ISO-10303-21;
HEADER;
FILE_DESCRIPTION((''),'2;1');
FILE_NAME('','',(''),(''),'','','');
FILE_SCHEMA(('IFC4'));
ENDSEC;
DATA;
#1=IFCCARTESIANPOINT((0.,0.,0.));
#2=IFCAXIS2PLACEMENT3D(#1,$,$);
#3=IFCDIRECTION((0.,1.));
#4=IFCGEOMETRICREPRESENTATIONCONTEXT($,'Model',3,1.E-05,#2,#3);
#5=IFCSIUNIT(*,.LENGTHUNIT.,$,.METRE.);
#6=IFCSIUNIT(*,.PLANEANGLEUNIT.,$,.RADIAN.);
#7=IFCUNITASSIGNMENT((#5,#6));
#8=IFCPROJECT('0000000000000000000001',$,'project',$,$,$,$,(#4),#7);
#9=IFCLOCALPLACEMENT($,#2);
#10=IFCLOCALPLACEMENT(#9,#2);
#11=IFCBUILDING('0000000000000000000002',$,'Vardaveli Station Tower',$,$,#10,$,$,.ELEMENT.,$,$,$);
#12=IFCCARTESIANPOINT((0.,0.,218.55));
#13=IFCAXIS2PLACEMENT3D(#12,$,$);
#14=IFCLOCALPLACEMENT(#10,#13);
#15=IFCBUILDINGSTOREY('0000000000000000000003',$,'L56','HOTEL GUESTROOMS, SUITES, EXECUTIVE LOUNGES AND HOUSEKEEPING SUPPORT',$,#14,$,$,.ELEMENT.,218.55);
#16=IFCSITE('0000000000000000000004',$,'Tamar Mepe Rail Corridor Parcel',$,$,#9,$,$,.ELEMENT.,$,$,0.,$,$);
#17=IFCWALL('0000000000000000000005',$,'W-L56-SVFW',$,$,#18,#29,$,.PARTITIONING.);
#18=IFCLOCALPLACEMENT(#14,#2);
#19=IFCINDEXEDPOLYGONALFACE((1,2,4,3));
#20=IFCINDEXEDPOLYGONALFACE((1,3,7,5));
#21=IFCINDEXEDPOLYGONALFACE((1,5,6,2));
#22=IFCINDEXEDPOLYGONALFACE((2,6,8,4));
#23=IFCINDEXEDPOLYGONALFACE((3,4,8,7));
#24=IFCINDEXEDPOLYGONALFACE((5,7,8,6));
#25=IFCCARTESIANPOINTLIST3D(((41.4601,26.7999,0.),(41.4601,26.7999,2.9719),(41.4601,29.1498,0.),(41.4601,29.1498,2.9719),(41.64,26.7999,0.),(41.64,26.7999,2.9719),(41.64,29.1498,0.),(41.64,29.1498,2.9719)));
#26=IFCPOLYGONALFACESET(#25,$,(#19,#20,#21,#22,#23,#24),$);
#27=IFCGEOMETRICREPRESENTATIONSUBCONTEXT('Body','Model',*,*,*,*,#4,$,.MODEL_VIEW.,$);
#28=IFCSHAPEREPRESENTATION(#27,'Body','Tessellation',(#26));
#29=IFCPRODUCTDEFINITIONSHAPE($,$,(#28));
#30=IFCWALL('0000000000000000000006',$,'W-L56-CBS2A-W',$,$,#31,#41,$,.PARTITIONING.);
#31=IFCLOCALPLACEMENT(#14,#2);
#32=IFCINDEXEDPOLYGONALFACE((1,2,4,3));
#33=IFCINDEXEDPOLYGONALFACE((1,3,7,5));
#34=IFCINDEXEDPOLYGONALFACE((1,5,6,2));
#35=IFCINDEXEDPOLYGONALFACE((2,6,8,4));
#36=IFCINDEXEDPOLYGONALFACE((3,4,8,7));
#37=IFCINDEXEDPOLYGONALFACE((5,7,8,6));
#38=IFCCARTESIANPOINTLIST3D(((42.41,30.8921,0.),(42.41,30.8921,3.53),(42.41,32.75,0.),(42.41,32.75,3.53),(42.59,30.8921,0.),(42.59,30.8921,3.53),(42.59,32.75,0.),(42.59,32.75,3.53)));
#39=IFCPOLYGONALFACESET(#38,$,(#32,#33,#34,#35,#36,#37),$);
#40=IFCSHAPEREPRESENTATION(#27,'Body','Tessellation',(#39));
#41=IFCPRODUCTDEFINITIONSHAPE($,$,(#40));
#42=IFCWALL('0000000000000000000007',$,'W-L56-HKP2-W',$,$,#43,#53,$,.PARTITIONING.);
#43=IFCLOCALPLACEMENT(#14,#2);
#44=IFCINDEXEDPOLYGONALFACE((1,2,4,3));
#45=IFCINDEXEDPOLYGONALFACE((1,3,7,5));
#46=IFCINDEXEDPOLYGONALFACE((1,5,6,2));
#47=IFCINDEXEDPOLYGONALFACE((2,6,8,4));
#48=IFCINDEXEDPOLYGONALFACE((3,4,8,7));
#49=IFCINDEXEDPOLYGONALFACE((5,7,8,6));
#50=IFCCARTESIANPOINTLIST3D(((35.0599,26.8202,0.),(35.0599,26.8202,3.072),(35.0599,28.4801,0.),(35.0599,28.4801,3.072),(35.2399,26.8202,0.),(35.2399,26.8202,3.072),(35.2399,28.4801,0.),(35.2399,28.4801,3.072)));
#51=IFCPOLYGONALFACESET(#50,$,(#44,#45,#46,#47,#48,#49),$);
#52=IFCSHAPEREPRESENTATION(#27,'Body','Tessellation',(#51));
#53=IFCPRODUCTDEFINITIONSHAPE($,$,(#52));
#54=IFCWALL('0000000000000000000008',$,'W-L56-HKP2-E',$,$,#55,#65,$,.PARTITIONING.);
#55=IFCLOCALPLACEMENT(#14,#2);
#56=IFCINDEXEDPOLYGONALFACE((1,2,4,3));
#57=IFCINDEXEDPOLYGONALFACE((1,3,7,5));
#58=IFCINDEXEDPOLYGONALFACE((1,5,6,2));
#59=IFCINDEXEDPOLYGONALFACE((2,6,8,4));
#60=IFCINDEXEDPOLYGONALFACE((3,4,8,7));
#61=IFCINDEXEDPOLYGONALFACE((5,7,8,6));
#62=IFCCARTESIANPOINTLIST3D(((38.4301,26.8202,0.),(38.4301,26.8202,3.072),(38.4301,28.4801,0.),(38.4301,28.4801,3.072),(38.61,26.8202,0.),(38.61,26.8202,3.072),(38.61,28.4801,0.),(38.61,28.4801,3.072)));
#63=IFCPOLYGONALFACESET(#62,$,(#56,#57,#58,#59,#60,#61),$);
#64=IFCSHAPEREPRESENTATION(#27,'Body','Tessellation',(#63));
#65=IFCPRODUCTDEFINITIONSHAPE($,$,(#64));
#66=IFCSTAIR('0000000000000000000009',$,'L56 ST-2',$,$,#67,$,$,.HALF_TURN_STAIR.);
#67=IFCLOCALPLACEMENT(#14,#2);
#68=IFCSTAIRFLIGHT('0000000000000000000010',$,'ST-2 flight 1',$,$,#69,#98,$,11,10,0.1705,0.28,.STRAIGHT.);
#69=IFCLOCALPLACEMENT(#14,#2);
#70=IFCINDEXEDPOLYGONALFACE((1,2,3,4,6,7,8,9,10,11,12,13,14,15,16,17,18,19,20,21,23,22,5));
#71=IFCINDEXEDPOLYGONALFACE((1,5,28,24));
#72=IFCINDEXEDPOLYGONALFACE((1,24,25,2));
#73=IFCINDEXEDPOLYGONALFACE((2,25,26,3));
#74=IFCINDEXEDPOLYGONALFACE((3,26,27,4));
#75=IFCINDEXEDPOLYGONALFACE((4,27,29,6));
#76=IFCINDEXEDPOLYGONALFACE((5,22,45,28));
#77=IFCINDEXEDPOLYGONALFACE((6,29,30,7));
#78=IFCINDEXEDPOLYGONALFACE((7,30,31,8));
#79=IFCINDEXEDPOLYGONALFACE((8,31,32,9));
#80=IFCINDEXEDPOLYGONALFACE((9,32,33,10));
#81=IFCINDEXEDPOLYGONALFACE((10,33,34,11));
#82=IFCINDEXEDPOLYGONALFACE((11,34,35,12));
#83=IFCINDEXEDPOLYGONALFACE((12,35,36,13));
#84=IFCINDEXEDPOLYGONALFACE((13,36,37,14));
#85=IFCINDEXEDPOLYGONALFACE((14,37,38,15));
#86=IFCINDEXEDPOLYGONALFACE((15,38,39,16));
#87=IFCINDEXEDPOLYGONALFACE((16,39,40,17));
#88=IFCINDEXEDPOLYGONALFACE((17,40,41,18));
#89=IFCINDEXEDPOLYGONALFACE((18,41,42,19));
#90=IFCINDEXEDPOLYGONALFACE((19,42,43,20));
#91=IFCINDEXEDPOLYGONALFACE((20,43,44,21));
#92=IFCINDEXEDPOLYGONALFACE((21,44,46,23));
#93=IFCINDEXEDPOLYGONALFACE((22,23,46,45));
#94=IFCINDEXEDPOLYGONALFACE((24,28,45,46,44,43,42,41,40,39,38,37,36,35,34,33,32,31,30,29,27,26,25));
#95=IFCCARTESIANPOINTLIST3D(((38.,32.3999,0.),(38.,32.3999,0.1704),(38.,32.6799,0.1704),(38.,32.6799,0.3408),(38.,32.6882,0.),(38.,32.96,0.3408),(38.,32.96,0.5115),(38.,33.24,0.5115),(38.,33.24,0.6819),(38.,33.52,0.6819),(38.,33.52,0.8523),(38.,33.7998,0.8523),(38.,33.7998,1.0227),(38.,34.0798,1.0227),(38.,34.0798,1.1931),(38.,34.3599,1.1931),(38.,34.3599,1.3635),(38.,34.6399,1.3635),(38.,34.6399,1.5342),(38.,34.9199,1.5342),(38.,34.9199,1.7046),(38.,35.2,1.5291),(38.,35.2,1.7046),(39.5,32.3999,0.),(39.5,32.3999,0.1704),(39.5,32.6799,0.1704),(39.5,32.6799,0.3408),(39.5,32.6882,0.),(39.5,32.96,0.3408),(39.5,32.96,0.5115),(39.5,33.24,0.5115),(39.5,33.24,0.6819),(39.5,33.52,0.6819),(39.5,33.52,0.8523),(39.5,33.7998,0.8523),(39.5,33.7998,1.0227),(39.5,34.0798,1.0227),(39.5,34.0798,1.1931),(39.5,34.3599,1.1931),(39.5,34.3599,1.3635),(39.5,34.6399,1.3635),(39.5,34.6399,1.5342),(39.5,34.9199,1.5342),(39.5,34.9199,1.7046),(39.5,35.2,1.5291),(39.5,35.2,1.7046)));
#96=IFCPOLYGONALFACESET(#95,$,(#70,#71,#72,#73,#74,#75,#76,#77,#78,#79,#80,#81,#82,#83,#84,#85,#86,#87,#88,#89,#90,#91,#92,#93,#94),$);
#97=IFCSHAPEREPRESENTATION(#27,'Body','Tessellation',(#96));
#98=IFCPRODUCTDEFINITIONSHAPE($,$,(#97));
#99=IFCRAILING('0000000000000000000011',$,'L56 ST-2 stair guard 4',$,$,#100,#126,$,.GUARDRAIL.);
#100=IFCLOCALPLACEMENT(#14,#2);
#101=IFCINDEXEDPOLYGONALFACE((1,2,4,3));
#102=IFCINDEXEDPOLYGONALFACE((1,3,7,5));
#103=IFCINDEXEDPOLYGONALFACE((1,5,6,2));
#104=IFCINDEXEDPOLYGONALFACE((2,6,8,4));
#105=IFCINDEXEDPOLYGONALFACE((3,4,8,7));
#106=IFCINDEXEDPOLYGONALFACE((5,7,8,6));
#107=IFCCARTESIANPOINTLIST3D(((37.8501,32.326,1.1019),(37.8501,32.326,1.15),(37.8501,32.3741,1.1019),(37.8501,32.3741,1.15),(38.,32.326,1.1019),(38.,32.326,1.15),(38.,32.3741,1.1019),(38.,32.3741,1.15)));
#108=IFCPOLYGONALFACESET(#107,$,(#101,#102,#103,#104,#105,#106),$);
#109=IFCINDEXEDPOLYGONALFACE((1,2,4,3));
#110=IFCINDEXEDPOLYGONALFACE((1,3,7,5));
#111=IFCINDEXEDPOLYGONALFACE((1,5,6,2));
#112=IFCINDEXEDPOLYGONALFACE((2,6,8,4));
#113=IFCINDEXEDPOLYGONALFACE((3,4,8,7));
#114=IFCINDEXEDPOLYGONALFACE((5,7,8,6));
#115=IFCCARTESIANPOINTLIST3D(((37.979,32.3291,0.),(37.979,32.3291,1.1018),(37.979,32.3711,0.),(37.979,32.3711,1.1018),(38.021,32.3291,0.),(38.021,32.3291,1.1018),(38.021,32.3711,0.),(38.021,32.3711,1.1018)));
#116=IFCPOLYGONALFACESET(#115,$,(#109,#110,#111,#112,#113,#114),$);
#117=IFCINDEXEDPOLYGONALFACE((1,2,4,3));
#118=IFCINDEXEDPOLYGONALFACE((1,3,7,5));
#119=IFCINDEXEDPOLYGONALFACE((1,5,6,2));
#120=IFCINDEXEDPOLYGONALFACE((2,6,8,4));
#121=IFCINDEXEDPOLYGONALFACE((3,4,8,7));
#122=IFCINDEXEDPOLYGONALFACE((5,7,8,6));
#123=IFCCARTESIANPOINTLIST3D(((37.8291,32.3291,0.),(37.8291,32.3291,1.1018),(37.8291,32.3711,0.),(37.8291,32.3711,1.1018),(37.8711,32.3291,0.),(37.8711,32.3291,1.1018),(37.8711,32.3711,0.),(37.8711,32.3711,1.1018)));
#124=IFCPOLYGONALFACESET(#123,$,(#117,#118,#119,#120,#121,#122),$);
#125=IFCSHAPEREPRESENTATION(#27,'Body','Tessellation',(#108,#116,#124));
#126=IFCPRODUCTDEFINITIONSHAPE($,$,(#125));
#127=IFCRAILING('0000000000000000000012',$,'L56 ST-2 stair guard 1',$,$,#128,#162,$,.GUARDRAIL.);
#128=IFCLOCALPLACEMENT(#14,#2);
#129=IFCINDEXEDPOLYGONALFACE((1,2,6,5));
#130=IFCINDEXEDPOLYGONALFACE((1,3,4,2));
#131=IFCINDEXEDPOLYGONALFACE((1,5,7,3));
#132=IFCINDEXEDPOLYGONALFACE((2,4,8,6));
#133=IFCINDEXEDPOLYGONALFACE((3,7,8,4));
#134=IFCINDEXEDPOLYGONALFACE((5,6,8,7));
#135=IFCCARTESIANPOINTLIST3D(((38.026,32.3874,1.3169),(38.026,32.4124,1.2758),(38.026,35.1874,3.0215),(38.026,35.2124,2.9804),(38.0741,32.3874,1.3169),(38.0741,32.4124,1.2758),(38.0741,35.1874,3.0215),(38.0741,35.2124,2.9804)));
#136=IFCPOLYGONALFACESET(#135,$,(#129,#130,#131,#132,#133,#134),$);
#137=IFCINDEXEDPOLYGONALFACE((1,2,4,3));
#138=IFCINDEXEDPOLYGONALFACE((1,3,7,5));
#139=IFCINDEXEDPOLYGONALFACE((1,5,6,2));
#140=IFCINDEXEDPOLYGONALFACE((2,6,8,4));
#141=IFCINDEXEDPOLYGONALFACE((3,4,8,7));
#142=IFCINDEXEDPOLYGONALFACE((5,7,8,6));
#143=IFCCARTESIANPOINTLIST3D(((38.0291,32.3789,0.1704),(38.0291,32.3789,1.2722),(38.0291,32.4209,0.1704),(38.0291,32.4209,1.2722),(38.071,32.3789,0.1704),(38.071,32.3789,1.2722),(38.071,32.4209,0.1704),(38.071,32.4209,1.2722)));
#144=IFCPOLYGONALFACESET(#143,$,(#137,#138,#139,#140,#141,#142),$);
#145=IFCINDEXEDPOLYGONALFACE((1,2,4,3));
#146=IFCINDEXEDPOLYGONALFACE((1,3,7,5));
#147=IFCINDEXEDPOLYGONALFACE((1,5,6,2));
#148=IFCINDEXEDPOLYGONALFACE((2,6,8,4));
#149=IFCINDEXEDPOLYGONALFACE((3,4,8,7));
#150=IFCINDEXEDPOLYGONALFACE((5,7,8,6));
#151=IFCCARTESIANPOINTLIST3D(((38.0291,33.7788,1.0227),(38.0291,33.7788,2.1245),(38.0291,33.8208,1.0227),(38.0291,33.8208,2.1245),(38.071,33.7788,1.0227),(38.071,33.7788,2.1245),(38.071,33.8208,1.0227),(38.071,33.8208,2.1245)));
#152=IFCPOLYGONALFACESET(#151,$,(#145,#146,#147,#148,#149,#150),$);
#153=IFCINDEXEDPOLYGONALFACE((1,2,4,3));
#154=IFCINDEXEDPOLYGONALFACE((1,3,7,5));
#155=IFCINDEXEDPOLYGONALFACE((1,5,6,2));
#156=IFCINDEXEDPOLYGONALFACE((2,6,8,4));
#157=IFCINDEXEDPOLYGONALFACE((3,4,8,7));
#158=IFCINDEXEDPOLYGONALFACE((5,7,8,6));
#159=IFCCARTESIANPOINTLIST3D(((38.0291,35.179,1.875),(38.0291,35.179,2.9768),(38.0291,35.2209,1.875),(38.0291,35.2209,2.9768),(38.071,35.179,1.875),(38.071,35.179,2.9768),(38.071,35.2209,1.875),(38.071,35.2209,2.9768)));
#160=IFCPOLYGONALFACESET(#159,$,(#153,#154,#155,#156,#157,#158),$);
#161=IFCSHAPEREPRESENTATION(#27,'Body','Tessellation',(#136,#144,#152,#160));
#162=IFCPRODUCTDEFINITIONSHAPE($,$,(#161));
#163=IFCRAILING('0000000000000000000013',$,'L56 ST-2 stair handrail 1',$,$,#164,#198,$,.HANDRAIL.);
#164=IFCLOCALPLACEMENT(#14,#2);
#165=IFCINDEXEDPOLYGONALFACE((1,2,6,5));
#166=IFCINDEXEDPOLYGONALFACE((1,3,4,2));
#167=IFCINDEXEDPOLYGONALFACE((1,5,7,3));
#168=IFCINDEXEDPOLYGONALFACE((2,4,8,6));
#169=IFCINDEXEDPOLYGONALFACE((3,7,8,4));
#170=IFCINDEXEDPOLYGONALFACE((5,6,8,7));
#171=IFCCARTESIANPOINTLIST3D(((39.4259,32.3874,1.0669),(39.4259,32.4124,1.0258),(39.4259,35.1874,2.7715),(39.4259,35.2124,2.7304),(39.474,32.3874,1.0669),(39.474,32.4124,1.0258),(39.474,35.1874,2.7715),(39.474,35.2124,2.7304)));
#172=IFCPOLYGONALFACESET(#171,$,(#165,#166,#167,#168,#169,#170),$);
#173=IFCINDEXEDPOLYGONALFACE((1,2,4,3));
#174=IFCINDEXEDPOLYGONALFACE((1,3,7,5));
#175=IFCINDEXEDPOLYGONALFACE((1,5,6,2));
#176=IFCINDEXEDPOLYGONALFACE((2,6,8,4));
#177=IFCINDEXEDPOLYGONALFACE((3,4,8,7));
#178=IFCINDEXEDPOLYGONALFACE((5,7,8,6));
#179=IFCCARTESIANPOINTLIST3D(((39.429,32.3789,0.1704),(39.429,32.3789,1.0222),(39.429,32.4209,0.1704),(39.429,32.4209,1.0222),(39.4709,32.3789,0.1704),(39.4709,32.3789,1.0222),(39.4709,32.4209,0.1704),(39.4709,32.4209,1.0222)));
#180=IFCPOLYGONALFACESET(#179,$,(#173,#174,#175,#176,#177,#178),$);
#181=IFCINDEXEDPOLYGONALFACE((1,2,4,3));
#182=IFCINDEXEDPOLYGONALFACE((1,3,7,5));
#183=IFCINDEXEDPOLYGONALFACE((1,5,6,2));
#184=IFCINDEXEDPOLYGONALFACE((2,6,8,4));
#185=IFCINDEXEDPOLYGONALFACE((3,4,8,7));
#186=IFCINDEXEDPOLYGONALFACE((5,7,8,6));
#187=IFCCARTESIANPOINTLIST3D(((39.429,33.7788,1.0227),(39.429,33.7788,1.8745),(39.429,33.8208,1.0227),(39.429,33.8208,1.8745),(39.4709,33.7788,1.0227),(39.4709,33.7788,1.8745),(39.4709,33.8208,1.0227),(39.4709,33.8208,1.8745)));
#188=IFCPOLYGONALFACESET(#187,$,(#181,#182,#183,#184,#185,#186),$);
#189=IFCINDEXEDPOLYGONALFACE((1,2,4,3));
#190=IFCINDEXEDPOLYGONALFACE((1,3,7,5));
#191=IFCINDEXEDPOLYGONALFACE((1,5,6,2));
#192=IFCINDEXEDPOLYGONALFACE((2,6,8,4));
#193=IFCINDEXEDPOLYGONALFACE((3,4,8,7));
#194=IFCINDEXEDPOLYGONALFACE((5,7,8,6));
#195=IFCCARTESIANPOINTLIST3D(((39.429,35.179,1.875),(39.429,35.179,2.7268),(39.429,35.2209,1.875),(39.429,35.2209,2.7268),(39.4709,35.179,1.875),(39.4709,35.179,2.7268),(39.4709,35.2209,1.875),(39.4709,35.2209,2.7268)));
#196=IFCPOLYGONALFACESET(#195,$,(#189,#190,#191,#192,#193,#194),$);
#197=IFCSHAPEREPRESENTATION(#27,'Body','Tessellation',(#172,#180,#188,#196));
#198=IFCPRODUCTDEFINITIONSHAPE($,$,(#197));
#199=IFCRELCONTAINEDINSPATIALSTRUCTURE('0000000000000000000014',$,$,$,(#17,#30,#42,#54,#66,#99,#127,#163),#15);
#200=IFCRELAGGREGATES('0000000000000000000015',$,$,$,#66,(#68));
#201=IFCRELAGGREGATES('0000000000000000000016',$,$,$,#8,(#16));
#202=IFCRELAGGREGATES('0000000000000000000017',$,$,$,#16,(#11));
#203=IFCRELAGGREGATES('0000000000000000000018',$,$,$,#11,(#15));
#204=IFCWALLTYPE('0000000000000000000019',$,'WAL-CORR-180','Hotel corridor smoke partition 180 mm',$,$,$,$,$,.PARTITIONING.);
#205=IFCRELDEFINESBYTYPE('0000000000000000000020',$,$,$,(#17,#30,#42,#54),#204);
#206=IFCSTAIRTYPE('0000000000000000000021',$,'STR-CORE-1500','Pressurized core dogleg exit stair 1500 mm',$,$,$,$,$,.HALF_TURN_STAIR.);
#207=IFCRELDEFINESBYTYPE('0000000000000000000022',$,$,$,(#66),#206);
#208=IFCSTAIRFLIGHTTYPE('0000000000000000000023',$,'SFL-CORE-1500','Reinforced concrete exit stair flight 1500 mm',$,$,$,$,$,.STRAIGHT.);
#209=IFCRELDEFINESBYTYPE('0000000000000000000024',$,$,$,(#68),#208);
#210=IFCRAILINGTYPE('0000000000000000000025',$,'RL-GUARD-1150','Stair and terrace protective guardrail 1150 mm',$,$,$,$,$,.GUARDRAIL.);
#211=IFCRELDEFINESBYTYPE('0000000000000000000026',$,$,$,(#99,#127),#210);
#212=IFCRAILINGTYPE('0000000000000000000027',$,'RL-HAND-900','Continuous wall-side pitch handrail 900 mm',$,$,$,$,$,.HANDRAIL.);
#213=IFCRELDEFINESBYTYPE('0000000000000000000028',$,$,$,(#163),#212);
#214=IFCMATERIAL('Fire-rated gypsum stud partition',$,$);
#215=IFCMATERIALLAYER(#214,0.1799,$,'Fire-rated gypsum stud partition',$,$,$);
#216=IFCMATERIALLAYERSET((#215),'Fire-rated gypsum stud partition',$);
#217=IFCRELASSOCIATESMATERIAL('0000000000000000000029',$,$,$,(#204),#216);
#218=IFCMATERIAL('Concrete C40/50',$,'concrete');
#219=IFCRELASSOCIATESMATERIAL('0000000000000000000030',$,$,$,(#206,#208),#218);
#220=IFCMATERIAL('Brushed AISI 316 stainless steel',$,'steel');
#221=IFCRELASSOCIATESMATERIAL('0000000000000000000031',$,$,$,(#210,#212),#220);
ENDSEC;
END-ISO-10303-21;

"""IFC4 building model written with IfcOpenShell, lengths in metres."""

from ifc_helpers import new_model, si_unit, direction, frame, frame_2d, origin, origin_2d, place, context, subcontext, project, spatial, polyline, rectangle, outline, extrude, source, transform, mapped, material, layer, layer_set, type_object, element, aggregate, save


model = new_model("IFC4")

# Units and contexts
model_context = context("Model", 3, precision=1e-05, world=origin(), true_north=direction((0.0, 1.0)))
body_context = subcontext(model_context, "Body", "Model", "MODEL_VIEW")
ifc_project = project(units=[si_unit("LENGTHUNIT", "METRE"), si_unit("PLANEANGLEUNIT", "RADIAN")], contexts=[model_context])

# Site, building, storey
site_placement = place(None, origin())
site = spatial("IfcSite", under=ifc_project, at=site_placement, Name="Tamar Mepe Rail Corridor Parcel", CompositionType="ELEMENT", RefElevation=0.0)
building_placement = place(site_placement, origin())
building = spatial("IfcBuilding", under=site, at=building_placement, Name="Vardaveli Station Tower", CompositionType="ELEMENT")
storey_placement = place(building_placement, frame((0.0, 0.0, 218.55)))
storey = spatial("IfcBuildingStorey", under=building, at=storey_placement, Name="L56", Description="HOTEL GUESTROOMS, SUITES, EXECUTIVE LOUNGES AND HOUSEKEEPING SUPPORT", CompositionType="ELEMENT", Elevation=218.55)

# Shared definitions
ifc_material_1 = material(Name="Concrete C40/50", Category="concrete")

# Shared definitions
ifc_material_2 = material(Name="Fire-rated gypsum stud partition")
ifc_layer_1 = layer(ifc_material_2, 0.1799, Name="Fire-rated gypsum stud partition")
ifc_layer_set_1 = layer_set([ifc_layer_1], Name="Fire-rated gypsum stud partition")
wall_type_1 = type_object("IfcWallType", Name="WAL-CORR-180", Description="Hotel corridor smoke partition 180 mm", PredefinedType="PARTITIONING", material=ifc_layer_set_1)

# Walls
shared_shape_1 = source(origin(), body_context, "Body", "SweptSolid", [
    extrude(rectangle(XDim=2.3499, YDim=0.1799, at=frame_2d((1.1748, 0.0))), origin(), (0.0, 0.0, 1.0), 2.9719),
])
wall_1_placement = place(storey_placement, frame((41.55, 26.8, 0.0), z_axis=(0.0, 0.0, 1.0), x_axis=(0.0, 1.0, 0.0)))
element("IfcWall", 1, at=wall_1_placement, inside=storey, type_object=wall_type_1, Name="W-L56-SVFW", PredefinedType="PARTITIONING", context=body_context, shape_type="MappedRepresentation", body=[
    mapped(shared_shape_1, transform((0.0, 0.0, 0.0), scale=1.0)),
])
shared_shape_2 = source(origin(), body_context, "Body", "SweptSolid", [
    extrude(rectangle(XDim=1.8579, YDim=0.1799, at=frame_2d((0.929, 0.0))), origin(), (0.0, 0.0, 1.0), 3.53),
])
wall_2_placement = place(storey_placement, frame((42.5, 30.8921, 0.0), z_axis=(0.0, 0.0, 1.0), x_axis=(0.0, 1.0, 0.0)))
element("IfcWall", 2, at=wall_2_placement, inside=storey, type_object=wall_type_1, Name="W-L56-CBS2A-W", PredefinedType="PARTITIONING", context=body_context, shape_type="MappedRepresentation", body=[
    mapped(shared_shape_2, transform((0.0, 0.0, 0.0), scale=1.0)),
])
shared_shape_3 = source(origin(), body_context, "Body", "SweptSolid", [
    extrude(rectangle(XDim=1.6599, YDim=0.1799, at=frame_2d((0.8301, 0.0))), origin(), (0.0, 0.0, 1.0), 3.072),
])
for number, where, z_axis, x_axis, name in (
    (3, (35.1499, 26.8201, 0.0), (0.0, 0.0, 1.0), (0.0, 1.0, 0.0), "W-L56-HKP2-W"),
    (4, (38.52, 26.8201, 0.0), (0.0, 0.0, 1.0), (0.0, 1.0, 0.0), "W-L56-HKP2-E"),
):
    element("IfcWall", number, at=place(storey_placement, frame(where, z_axis=z_axis, x_axis=x_axis)), inside=storey, type_object=wall_type_1, Name=name, PredefinedType="PARTITIONING", context=body_context, shape_type="MappedRepresentation", body=[
        mapped(shared_shape_3, transform((0.0, 0.0, 0.0), scale=1.0)),
    ])

# Stair, stair flight
stair_type = type_object("IfcStairType", Name="STR-CORE-1500", Description="Pressurized core dogleg exit stair 1500 mm", PredefinedType="HALF_TURN_STAIR", material=ifc_material_1)
stair_placement = place(storey_placement, origin())
stair = element("IfcStair", 5, at=stair_placement, inside=storey, type_object=stair_type, Name="L56 ST-2", PredefinedType="HALF_TURN_STAIR")
stair_flight_type = type_object("IfcStairFlightType", Name="SFL-CORE-1500", Description="Reinforced concrete exit stair flight 1500 mm", PredefinedType="STRAIGHT", material=ifc_material_1)
shared_shape_4 = source(origin(), body_context, "Body", "SweptSolid", [
    extrude(outline(polyline([(0.0, 0.0), (0.0, 0.1704), (0.28, 0.1704), (0.28, 0.3408), (0.5601, 0.3408), (0.5601, 0.5115), (0.8401, 0.5115), (0.8401, 0.6819), (1.1201, 0.6819), (1.1201, 0.8523), (1.3999, 0.8523), (1.3999, 1.0227), (1.6799, 1.0227), (1.6799, 1.1931), (1.96, 1.1931), (1.96, 1.3635), (2.24, 1.3635), (2.24, 1.5342), (2.52, 1.5342), (2.52, 1.7046), (2.8, 1.7046), (2.8, 1.875), (2.8, 1.5291), (0.2883, 0.0), (0.0, 0.0)])), frame((0.0, 0.75, 0.0), z_axis=(0.0, -1.0, 0.0), x_axis=(1.0, 0.0, 0.0)), (0.0, 0.0, 1.0), 1.5),
])
stair_flight_placement = place(storey_placement, frame((38.75, 32.3999, 0.0), z_axis=(0.0, 0.0, 1.0), x_axis=(0.0, 1.0, 0.0)))
stair_flight = element("IfcStairFlight", 6, at=stair_flight_placement, type_object=stair_flight_type, Name="ST-2 flight 1", NumberOfRisers=11, NumberOfTreads=10, PredefinedType="STRAIGHT", RiserHeight=0.1705, TreadLength=0.28, context=body_context, shape_type="MappedRepresentation", body=[
    mapped(shared_shape_4, transform((0.0, 0.0, 0.0), scale=1.0)),
])
aggregate(stair, [stair_flight])

# Railings
ifc_material_3 = material(Name="Brushed AISI 316 stainless steel", Category="steel")
railing_type_1 = type_object("IfcRailingType", Name="RL-GUARD-1150", Description="Stair and terrace protective guardrail 1150 mm", PredefinedType="GUARDRAIL", material=ifc_material_3)
shared_shape_5 = source(origin(), body_context, "Body", "SweptSolid", [
    extrude(rectangle(XDim=0.0481, YDim=0.0481, at=origin_2d()), frame((0.0, 0.0, 1.126), z_axis=(-1.0, 0.0, 0.0), x_axis=(0.0, -1.0, 0.0)), (0.0, 0.0, 1.0), 0.1499),
    extrude(rectangle(XDim=0.042, YDim=0.042, at=origin_2d()), origin(), (0.0, 0.0, 1.0), 1.1018),
    extrude(rectangle(XDim=0.042, YDim=0.042, at=origin_2d()), frame((-0.1499, 0.0, 0.0)), (0.0, 0.0, 1.0), 1.1018),
])
railing_1_placement = place(storey_placement, frame((38.0, 32.3501, 0.0)))
element("IfcRailing", 7, at=railing_1_placement, inside=storey, type_object=railing_type_1, Name="L56 ST-2 stair guard 4", PredefinedType="GUARDRAIL", context=body_context, shape_type="MappedRepresentation", body=[
    mapped(shared_shape_5, transform((0.0, 0.0, 0.0), scale=1.0)),
])
shared_shape_6 = source(origin(), body_context, "Body", "SweptSolid", [
    extrude(rectangle(XDim=0.0481, YDim=0.0481, at=origin_2d()), frame((0.0, 0.0, 1.126), z_axis=(0.0, 0.85417, 0.519994), x_axis=(-1.0, 0.0, 0.0)), (0.0, 0.0, 1.0), 3.2781),
    extrude(rectangle(XDim=0.042, YDim=0.042, at=origin_2d()), origin(), (0.0, 0.0, 1.0), 1.1018),
    extrude(rectangle(XDim=0.042, YDim=0.042, at=origin_2d()), frame((0.0, 1.3999, 0.8523)), (0.0, 0.0, 1.0), 1.1018),
    extrude(rectangle(XDim=0.042, YDim=0.042, at=origin_2d()), frame((0.0, 2.8, 1.7046)), (0.0, 0.0, 1.0), 1.1018),
])
railing_2_placement = place(storey_placement, frame((38.05, 32.3999, 0.1704)))
element("IfcRailing", 8, at=railing_2_placement, inside=storey, type_object=railing_type_1, Name="L56 ST-2 stair guard 1", PredefinedType="GUARDRAIL", context=body_context, shape_type="MappedRepresentation", body=[
    mapped(shared_shape_6, transform((0.0, 0.0, 0.0), scale=1.0)),
])
railing_type_2 = type_object("IfcRailingType", Name="RL-HAND-900", Description="Continuous wall-side pitch handrail 900 mm", PredefinedType="HANDRAIL", material=ifc_material_3)
shared_shape_7 = source(origin(), body_context, "Body", "SweptSolid", [
    extrude(rectangle(XDim=0.0481, YDim=0.0481, at=origin_2d()), frame((0.0, 0.0, 0.876), z_axis=(0.0, 0.85417, 0.519994), x_axis=(-1.0, 0.0, 0.0)), (0.0, 0.0, 1.0), 3.2781),
    extrude(rectangle(XDim=0.042, YDim=0.042, at=origin_2d()), origin(), (0.0, 0.0, 1.0), 0.8518),
    extrude(rectangle(XDim=0.042, YDim=0.042, at=origin_2d()), frame((0.0, 1.3999, 0.8523)), (0.0, 0.0, 1.0), 0.8518),
    extrude(rectangle(XDim=0.042, YDim=0.042, at=origin_2d()), frame((0.0, 2.8, 1.7046)), (0.0, 0.0, 1.0), 0.8518),
])
railing_3_placement = place(storey_placement, frame((39.45, 32.3999, 0.1704)))
element("IfcRailing", 9, at=railing_3_placement, inside=storey, type_object=railing_type_2, Name="L56 ST-2 stair handrail 1", PredefinedType="HANDRAIL", context=body_context, shape_type="MappedRepresentation", body=[
    mapped(shared_shape_7, transform((0.0, 0.0, 0.0), scale=1.0)),
])

save(model, "model.ifc")
